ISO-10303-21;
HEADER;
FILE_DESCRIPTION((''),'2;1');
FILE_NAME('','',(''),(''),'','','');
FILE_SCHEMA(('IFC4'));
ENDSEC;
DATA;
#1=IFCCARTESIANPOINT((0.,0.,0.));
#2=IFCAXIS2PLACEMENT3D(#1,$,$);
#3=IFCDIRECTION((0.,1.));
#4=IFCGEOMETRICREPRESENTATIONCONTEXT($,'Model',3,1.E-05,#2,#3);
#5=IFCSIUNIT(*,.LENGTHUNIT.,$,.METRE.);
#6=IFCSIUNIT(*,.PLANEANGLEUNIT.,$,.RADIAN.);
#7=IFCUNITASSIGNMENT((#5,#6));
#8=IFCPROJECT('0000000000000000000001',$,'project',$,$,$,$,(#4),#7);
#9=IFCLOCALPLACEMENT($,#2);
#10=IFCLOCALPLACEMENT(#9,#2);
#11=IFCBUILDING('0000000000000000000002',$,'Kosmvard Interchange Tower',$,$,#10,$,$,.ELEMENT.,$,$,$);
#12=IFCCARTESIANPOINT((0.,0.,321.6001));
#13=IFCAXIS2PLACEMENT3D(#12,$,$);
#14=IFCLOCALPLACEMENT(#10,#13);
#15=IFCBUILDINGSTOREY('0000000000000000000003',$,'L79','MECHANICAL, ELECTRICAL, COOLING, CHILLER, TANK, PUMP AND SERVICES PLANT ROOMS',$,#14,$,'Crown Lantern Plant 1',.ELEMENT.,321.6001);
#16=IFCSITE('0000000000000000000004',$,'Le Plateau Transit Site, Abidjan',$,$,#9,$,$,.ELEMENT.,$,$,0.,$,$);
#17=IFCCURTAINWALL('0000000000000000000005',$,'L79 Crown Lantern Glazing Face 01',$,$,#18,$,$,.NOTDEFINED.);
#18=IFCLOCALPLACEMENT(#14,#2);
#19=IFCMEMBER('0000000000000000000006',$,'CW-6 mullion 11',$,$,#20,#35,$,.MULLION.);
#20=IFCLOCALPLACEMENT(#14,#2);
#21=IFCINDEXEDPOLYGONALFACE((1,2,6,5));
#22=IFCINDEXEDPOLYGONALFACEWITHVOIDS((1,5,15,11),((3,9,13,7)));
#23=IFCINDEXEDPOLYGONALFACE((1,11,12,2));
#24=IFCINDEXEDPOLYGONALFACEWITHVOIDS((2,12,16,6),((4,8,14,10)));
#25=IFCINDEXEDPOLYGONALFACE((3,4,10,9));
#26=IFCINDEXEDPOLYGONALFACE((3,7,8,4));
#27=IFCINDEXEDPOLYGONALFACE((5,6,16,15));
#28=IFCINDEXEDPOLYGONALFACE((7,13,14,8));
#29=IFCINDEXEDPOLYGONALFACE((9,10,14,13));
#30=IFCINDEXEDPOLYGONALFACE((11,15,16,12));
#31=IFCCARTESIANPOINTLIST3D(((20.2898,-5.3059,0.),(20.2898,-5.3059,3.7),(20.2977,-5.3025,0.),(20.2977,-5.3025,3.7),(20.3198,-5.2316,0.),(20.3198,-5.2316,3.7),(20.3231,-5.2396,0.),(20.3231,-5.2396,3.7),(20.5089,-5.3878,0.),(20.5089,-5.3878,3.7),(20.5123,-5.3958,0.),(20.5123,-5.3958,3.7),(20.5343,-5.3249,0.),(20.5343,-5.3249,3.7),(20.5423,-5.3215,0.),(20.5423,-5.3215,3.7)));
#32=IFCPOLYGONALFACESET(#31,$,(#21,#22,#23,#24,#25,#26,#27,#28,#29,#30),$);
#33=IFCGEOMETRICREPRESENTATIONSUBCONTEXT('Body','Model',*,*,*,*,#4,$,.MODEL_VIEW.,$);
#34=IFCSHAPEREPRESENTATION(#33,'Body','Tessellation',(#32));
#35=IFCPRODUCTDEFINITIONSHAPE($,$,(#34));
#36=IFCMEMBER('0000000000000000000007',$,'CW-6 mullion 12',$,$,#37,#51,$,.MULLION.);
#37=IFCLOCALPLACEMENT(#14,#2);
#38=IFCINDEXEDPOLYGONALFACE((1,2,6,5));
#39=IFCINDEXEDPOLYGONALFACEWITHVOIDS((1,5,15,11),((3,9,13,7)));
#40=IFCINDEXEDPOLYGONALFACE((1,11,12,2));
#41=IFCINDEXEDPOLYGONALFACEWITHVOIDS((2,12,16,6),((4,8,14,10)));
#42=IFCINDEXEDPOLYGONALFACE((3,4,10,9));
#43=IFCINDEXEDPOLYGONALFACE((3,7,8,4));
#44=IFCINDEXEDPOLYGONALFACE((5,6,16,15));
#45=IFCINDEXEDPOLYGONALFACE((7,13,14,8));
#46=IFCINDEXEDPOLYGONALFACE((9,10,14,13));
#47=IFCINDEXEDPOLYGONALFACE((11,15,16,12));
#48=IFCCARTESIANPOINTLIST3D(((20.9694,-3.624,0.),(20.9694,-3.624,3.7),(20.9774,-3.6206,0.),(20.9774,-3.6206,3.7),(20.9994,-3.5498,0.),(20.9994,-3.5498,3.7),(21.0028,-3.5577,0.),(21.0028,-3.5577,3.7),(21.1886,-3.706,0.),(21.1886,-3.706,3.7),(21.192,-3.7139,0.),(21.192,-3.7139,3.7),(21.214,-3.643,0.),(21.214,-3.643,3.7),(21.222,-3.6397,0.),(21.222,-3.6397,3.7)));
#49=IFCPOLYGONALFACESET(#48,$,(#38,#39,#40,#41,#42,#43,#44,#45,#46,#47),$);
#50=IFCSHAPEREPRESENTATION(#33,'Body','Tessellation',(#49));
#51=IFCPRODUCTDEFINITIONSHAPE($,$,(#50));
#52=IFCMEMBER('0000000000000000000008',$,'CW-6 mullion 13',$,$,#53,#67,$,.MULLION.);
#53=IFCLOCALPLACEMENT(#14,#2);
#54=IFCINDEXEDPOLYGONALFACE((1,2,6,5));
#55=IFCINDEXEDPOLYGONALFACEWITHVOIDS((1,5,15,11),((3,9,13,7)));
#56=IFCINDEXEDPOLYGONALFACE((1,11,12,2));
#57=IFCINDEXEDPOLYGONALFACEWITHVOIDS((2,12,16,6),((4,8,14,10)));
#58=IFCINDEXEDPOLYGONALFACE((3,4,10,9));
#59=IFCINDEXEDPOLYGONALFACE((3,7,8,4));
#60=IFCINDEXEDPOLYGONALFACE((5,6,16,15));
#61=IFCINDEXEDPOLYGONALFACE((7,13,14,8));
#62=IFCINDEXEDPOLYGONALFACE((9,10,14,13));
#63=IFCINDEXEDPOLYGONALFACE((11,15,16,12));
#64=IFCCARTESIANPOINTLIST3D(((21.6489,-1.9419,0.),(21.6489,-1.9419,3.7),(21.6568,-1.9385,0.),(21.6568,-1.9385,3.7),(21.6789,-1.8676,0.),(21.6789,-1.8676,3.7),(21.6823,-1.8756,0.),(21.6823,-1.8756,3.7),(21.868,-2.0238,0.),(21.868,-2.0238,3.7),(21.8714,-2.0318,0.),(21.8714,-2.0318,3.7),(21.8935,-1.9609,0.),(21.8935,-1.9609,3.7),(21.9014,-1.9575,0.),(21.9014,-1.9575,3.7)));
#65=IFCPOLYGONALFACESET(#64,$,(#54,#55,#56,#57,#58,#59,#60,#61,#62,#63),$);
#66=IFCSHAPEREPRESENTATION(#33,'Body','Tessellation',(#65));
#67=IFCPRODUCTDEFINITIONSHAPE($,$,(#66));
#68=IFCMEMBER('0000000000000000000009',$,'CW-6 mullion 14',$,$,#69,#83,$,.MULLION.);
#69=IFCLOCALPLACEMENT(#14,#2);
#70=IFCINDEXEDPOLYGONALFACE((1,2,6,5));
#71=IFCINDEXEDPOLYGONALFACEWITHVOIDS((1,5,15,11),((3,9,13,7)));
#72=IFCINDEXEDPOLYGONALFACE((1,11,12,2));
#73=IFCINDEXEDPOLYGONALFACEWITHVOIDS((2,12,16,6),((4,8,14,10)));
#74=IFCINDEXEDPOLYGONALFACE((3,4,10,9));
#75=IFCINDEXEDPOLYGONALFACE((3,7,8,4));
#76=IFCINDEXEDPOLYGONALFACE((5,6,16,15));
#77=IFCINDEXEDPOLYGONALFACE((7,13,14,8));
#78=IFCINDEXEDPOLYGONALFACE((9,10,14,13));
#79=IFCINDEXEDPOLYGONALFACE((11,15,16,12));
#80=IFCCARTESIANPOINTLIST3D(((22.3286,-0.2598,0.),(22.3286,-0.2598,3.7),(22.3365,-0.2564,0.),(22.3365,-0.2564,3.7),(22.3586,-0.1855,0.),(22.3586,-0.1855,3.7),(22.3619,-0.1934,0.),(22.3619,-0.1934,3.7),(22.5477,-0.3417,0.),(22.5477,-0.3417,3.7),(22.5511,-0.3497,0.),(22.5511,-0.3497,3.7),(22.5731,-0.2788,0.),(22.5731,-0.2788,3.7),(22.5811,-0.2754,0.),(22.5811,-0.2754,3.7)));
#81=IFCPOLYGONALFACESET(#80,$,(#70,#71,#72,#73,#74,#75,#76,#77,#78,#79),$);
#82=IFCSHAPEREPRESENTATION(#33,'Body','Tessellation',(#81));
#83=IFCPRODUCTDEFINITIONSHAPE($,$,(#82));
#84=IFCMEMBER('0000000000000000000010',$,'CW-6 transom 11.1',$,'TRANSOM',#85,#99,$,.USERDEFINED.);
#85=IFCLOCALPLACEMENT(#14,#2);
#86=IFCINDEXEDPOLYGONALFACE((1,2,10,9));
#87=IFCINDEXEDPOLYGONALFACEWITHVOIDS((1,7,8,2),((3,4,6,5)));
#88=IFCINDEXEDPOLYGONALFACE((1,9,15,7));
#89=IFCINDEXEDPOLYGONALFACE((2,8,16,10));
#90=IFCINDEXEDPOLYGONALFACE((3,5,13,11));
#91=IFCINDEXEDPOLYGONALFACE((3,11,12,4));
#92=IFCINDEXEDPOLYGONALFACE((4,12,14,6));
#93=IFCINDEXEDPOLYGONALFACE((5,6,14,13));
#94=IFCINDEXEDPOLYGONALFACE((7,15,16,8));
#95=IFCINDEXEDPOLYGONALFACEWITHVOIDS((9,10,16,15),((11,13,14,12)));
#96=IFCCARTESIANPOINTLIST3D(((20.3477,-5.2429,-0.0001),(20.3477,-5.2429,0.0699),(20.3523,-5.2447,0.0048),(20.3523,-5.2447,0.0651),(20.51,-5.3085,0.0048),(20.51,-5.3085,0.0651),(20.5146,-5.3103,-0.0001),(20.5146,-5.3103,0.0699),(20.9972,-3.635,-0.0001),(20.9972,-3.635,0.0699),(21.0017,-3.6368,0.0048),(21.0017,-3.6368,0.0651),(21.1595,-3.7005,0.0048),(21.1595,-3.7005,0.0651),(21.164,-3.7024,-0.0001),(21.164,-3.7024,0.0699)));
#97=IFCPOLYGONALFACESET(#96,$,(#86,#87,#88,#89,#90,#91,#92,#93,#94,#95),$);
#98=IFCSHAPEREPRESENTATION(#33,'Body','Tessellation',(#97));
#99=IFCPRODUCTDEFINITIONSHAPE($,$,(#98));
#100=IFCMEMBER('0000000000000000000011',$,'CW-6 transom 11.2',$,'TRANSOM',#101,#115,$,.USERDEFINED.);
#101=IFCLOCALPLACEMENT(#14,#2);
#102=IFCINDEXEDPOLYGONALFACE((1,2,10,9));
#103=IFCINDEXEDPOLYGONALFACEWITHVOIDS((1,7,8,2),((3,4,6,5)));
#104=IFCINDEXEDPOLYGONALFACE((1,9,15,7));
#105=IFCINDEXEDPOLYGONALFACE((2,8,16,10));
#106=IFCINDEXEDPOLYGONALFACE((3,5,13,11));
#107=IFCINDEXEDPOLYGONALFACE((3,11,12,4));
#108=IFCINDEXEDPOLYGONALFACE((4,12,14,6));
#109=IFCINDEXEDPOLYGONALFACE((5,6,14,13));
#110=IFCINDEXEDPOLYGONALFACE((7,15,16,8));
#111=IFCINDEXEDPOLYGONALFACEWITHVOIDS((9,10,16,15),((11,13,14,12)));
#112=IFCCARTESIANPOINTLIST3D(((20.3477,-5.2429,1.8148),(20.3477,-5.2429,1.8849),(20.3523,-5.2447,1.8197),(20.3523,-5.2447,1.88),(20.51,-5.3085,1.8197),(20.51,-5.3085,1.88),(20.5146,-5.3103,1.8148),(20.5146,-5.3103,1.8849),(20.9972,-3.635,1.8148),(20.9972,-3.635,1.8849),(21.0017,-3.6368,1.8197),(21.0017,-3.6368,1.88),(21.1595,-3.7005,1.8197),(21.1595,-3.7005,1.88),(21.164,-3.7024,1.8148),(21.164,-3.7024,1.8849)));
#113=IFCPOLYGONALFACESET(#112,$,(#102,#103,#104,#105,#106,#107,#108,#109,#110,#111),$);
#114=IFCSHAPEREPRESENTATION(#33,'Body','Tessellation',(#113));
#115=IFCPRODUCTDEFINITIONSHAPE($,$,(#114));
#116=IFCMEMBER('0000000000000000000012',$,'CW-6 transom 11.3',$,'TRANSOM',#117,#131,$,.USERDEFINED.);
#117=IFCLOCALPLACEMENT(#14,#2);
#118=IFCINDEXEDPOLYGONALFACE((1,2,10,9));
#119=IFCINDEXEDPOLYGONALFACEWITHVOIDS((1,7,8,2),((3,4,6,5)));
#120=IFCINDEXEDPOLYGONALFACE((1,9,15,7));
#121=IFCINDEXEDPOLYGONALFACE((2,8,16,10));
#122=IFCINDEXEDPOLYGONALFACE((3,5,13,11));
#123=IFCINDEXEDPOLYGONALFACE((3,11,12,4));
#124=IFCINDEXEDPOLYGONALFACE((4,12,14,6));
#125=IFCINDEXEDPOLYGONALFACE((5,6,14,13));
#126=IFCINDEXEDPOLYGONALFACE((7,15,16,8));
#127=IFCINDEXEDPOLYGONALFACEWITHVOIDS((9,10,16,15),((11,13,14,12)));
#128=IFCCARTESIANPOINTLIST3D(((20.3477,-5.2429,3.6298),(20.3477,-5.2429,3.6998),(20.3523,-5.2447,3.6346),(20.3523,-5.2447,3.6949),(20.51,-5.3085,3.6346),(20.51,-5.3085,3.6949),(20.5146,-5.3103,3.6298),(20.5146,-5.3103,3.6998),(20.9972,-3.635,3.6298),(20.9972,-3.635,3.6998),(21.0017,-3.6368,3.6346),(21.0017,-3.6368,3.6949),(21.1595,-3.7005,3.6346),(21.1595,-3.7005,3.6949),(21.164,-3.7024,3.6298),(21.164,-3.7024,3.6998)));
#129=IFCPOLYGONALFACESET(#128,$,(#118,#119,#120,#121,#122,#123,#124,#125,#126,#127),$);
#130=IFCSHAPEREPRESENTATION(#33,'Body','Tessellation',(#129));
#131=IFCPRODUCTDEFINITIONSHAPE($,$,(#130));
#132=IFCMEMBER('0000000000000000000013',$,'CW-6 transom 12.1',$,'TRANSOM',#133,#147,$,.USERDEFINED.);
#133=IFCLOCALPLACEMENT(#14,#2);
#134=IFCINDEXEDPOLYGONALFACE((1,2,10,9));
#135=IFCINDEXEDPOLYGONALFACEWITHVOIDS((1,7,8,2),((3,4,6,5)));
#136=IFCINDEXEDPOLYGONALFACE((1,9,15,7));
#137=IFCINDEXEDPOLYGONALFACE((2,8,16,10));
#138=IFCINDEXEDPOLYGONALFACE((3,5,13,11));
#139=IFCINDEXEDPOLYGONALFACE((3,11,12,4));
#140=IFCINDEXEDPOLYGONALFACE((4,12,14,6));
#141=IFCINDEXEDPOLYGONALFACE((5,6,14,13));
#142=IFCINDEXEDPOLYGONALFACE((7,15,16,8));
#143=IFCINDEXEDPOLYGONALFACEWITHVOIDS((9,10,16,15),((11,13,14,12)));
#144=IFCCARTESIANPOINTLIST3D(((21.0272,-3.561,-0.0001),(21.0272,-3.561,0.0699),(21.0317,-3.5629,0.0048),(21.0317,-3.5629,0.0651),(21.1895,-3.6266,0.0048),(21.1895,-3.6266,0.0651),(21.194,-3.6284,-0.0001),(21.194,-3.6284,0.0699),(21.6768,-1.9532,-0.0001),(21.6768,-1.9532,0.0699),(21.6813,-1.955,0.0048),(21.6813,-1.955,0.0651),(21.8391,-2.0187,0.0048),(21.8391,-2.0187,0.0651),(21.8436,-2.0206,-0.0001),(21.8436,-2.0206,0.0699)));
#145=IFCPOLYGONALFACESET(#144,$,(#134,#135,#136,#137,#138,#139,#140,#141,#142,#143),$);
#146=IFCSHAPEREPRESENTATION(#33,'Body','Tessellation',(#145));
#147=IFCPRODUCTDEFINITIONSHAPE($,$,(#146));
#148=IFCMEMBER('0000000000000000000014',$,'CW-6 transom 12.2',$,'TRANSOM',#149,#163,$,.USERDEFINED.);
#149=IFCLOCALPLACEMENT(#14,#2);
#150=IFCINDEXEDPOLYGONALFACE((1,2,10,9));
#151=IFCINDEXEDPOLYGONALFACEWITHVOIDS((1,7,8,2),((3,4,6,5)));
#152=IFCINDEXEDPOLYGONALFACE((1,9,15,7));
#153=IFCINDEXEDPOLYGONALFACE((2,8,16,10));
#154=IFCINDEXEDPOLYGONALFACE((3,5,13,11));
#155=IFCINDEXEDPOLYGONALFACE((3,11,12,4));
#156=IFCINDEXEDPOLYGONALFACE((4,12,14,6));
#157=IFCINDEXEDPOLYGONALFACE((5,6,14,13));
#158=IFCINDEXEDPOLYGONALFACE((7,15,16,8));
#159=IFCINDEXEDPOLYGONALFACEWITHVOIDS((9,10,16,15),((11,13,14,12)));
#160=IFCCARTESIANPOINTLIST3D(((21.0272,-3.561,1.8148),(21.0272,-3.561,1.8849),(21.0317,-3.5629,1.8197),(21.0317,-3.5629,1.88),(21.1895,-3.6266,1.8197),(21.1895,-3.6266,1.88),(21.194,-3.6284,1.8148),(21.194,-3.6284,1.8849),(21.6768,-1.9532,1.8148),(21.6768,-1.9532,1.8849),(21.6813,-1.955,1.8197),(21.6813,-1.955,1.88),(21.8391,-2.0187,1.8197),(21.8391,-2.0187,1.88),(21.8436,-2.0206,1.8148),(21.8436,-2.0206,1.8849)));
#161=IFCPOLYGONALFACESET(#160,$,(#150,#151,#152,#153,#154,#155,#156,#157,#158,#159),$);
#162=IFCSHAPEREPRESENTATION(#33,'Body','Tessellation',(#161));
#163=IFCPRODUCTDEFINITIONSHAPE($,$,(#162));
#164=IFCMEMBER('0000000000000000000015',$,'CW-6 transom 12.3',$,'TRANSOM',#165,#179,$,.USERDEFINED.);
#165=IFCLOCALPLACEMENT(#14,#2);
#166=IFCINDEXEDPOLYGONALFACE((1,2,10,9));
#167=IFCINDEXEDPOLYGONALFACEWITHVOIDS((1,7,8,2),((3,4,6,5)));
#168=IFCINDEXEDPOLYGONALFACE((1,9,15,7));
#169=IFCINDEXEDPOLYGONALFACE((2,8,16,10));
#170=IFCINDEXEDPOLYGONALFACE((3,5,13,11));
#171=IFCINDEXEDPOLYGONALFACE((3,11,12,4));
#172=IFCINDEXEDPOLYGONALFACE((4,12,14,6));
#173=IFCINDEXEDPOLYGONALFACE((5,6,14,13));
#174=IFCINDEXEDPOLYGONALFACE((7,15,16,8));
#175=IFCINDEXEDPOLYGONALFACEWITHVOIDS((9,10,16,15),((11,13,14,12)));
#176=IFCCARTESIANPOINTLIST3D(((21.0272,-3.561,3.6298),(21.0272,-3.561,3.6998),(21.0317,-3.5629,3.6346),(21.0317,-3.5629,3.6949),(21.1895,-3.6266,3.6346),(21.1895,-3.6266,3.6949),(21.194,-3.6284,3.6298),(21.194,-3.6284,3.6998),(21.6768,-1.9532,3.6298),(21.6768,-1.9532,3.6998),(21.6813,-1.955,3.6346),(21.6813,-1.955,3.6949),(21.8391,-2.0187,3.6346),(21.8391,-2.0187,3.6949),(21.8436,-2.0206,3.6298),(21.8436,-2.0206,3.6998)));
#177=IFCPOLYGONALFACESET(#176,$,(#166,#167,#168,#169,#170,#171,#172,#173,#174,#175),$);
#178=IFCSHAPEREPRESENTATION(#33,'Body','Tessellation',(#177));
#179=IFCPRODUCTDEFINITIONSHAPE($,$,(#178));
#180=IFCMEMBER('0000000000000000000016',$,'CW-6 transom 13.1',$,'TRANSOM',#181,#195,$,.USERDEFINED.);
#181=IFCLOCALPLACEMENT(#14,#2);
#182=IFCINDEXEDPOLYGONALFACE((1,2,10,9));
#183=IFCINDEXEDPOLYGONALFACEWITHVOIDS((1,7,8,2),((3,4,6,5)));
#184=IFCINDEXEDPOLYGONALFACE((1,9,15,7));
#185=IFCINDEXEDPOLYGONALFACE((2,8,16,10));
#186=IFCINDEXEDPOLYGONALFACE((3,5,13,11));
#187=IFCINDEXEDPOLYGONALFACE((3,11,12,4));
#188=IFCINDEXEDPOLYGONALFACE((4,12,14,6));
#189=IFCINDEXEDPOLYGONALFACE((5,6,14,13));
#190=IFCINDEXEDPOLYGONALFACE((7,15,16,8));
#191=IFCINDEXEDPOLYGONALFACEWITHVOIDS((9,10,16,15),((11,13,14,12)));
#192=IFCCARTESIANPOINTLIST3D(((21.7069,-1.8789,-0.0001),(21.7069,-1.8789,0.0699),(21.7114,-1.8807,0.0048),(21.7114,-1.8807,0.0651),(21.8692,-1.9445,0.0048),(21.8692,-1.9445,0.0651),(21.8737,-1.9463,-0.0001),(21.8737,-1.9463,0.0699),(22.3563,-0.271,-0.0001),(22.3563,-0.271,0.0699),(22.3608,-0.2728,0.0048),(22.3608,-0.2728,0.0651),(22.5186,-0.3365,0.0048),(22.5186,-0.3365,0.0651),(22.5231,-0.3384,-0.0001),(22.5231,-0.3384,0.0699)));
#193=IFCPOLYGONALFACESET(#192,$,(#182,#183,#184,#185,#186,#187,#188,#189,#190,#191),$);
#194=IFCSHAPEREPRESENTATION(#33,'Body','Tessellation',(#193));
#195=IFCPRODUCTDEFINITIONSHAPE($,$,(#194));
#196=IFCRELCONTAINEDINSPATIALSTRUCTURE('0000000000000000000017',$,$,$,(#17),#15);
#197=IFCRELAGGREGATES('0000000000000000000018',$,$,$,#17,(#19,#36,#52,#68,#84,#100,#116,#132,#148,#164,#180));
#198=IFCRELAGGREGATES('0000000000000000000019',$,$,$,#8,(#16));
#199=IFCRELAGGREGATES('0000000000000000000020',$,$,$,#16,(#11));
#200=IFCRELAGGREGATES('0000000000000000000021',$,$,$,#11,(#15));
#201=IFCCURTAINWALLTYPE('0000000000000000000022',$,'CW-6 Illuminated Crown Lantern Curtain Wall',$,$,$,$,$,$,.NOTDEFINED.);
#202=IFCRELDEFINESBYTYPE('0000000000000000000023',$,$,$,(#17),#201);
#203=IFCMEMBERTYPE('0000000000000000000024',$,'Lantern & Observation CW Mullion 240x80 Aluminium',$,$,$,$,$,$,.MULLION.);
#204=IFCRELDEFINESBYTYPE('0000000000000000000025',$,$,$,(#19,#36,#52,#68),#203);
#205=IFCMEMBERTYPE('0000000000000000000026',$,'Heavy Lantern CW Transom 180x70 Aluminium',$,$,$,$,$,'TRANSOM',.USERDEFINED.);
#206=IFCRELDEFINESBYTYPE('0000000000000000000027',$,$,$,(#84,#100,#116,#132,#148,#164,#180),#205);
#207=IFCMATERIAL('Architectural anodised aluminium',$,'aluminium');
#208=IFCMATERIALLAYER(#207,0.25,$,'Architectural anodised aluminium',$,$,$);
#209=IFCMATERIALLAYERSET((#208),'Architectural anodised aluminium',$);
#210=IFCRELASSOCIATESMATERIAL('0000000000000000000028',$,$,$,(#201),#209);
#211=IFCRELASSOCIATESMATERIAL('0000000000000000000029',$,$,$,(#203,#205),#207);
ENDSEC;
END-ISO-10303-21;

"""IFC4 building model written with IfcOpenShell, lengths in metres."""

from ifc_helpers import new_model, si_unit, direction, frame, origin, origin_2d, place, context, subcontext, project, spatial, hollow_rectangle, extrude, source, transform, mapped, material, layer, layer_set, material_profile, profile_set, type_object, element, aggregate, save


model = new_model("IFC4")

# Units and contexts
model_context = context("Model", 3, precision=1e-05, world=origin(), true_north=direction((0.0, 1.0)))
body_context = subcontext(model_context, "Body", "Model", "MODEL_VIEW")
ifc_project = project(units=[si_unit("LENGTHUNIT", "METRE"), si_unit("PLANEANGLEUNIT", "RADIAN")], contexts=[model_context])

# Site, building, storey
site_placement = place(None, origin())
site = spatial("IfcSite", under=ifc_project, at=site_placement, Name="Le Plateau Transit Site, Abidjan", CompositionType="ELEMENT", RefElevation=0.0)
building_placement = place(site_placement, origin())
building = spatial("IfcBuilding", under=site, at=building_placement, Name="Kosmvard Interchange Tower", CompositionType="ELEMENT")
storey_placement = place(building_placement, frame((0.0, 0.0, 321.6001)))
storey = spatial("IfcBuildingStorey", under=building, at=storey_placement, Name="L79", Description="MECHANICAL, ELECTRICAL, COOLING, CHILLER, TANK, PUMP AND SERVICES PLANT ROOMS", LongName="Crown Lantern Plant 1", CompositionType="ELEMENT", Elevation=321.6001)

# Curtain wall, members
ifc_material_1 = material(Name="Architectural anodised aluminium", Category="aluminium")
ifc_layer_1 = layer(ifc_material_1, 0.25, Name="Architectural anodised aluminium")
ifc_layer_set_1 = layer_set([ifc_layer_1], Name="Architectural anodised aluminium")
curtain_wall_type = type_object("IfcCurtainWallType", Name="CW-6 Illuminated Crown Lantern Curtain Wall", PredefinedType="NOTDEFINED", material=ifc_layer_set_1)
curtain_wall_placement = place(storey_placement, origin())
curtain_wall = element("IfcCurtainWall", 1, at=curtain_wall_placement, inside=storey, type_object=curtain_wall_type, Name="L79 Crown Lantern Glazing Face 01", PredefinedType="NOTDEFINED")
ifc_material_profile_1 = material_profile(ifc_material_1, hollow_rectangle(XDim=0.24, YDim=0.0801, WallThickness=0.0061, at=origin_2d()), Name="CWM 240x80x6")
ifc_profile_set_1 = profile_set([ifc_material_profile_1], Name="Architectural anodised aluminium")
member_type_1 = type_object("IfcMemberType", Name="Lantern & Observation CW Mullion 240x80 Aluminium", PredefinedType="MULLION", material=ifc_profile_set_1)
shared_shape_1 = source(origin(), body_context, "Body", "SweptSolid", [
    extrude(hollow_rectangle(XDim=0.24, YDim=0.0801, WallThickness=0.0061, at=origin_2d()), origin(), (0.0, 0.0, 1.0), 3.7),
])
member_1_placement = place(storey_placement, frame((20.416, -5.3137, 0.0), z_axis=(0.0, 0.0, 1.0), x_axis=(-0.927184, 0.374607, 0.0)))
member_1 = element("IfcMember", 2, at=member_1_placement, type_object=member_type_1, Name="CW-6 mullion 11", PredefinedType="MULLION", context=body_context, shape_type="MappedRepresentation", body=[
    mapped(shared_shape_1, transform((0.0, 0.0, 0.0), scale=1.0)),
])
member_2_placement = place(storey_placement, frame((21.0957, -3.6318, 0.0), z_axis=(0.0, 0.0, 1.0), x_axis=(-0.927184, 0.374607, 0.0)))
member_2 = element("IfcMember", 3, at=member_2_placement, type_object=member_type_1, Name="CW-6 mullion 12", PredefinedType="MULLION", context=body_context, shape_type="MappedRepresentation", body=[
    mapped(shared_shape_1, transform((0.0, 0.0, 0.0), scale=1.0)),
])
member_3_placement = place(storey_placement, frame((21.7751, -1.9497, 0.0), z_axis=(0.0, 0.0, 1.0), x_axis=(-0.927184, 0.374607, 0.0)))
member_3 = element("IfcMember", 4, at=member_3_placement, type_object=member_type_1, Name="CW-6 mullion 13", PredefinedType="MULLION", context=body_context, shape_type="MappedRepresentation", body=[
    mapped(shared_shape_1, transform((0.0, 0.0, 0.0), scale=1.0)),
])
member_4_placement = place(storey_placement, frame((22.4548, -0.2676, 0.0), z_axis=(0.0, 0.0, 1.0), x_axis=(-0.927184, 0.374607, 0.0)))
member_4 = element("IfcMember", 5, at=member_4_placement, type_object=member_type_1, Name="CW-6 mullion 14", PredefinedType="MULLION", context=body_context, shape_type="MappedRepresentation", body=[
    mapped(shared_shape_1, transform((0.0, 0.0, 0.0), scale=1.0)),
])
ifc_material_profile_2 = material_profile(ifc_material_1, hollow_rectangle(XDim=0.1799, YDim=0.0701, WallThickness=0.0049, at=origin_2d()), Name="CWT 180x70x5")
ifc_profile_set_2 = profile_set([ifc_material_profile_2], Name="Architectural anodised aluminium")
member_type_2 = type_object("IfcMemberType", Name="Heavy Lantern CW Transom 180x70 Aluminium", ElementType="TRANSOM", PredefinedType="USERDEFINED", material=ifc_profile_set_2)
shared_shape_2 = source(origin(), body_context, "Body", "SweptSolid", [
    extrude(hollow_rectangle(XDim=0.1799, YDim=0.0701, WallThickness=0.0049, at=origin_2d()), origin(), (0.0, 0.0, 1.0), 1.7341),
])
member_5_placement = place(storey_placement, frame((20.4312, -5.2766, 0.0349), z_axis=(0.374496, 0.927229, 0.0), x_axis=(-0.927229, 0.374496, 0.0)))
member_5 = element("IfcMember", 6, at=member_5_placement, type_object=member_type_2, Name="CW-6 transom 11.1", ObjectType="TRANSOM", PredefinedType="USERDEFINED", context=body_context, shape_type="MappedRepresentation", body=[
    mapped(shared_shape_2, transform((0.0, 0.0, 0.0), scale=1.0)),
])
member_6_placement = place(storey_placement, frame((20.4312, -5.2766, 1.8499), z_axis=(0.374496, 0.927229, 0.0), x_axis=(-0.927229, 0.374496, 0.0)))
member_6 = element("IfcMember", 7, at=member_6_placement, type_object=member_type_2, Name="CW-6 transom 11.2", ObjectType="TRANSOM", PredefinedType="USERDEFINED", context=body_context, shape_type="MappedRepresentation", body=[
    mapped(shared_shape_2, transform((0.0, 0.0, 0.0), scale=1.0)),
])
member_7_placement = place(storey_placement, frame((20.4312, -5.2766, 3.6648), z_axis=(0.374496, 0.927229, 0.0), x_axis=(-0.927229, 0.374496, 0.0)))
member_7 = element("IfcMember", 8, at=member_7_placement, type_object=member_type_2, Name="CW-6 transom 11.3", ObjectType="TRANSOM", PredefinedType="USERDEFINED", context=body_context, shape_type="MappedRepresentation", body=[
    mapped(shared_shape_2, transform((0.0, 0.0, 0.0), scale=1.0)),
])
member_8_placement = place(storey_placement, frame((21.1106, -3.5947, 0.0349), z_axis=(0.374617, 0.92718, 0.0), x_axis=(-0.92718, 0.374617, 0.0)))
member_8 = element("IfcMember", 9, at=member_8_placement, type_object=member_type_2, Name="CW-6 transom 12.1", ObjectType="TRANSOM", PredefinedType="USERDEFINED", context=body_context, shape_type="MappedRepresentation", body=[
    mapped(shared_shape_2, transform((0.0, 0.0, 0.0), scale=1.0)),
])
member_9_placement = place(storey_placement, frame((21.1106, -3.5947, 1.8499), z_axis=(0.374617, 0.92718, 0.0), x_axis=(-0.92718, 0.374617, 0.0)))
member_9 = element("IfcMember", 10, at=member_9_placement, type_object=member_type_2, Name="CW-6 transom 12.2", ObjectType="TRANSOM", PredefinedType="USERDEFINED", context=body_context, shape_type="MappedRepresentation", body=[
    mapped(shared_shape_2, transform((0.0, 0.0, 0.0), scale=1.0)),
])
member_10_placement = place(storey_placement, frame((21.1106, -3.5947, 3.6648), z_axis=(0.374617, 0.92718, 0.0), x_axis=(-0.92718, 0.374617, 0.0)))
member_10 = element("IfcMember", 11, at=member_10_placement, type_object=member_type_2, Name="CW-6 transom 12.3", ObjectType="TRANSOM", PredefinedType="USERDEFINED", context=body_context, shape_type="MappedRepresentation", body=[
    mapped(shared_shape_2, transform((0.0, 0.0, 0.0), scale=1.0)),
])
member_11_placement = place(storey_placement, frame((21.7903, -1.9126, 0.0349), z_axis=(0.374496, 0.927229, 0.0), x_axis=(-0.927229, 0.374496, 0.0)))
member_11 = element("IfcMember", 12, at=member_11_placement, type_object=member_type_2, Name="CW-6 transom 13.1", ObjectType="TRANSOM", PredefinedType="USERDEFINED", context=body_context, shape_type="MappedRepresentation", body=[
    mapped(shared_shape_2, transform((0.0, 0.0, 0.0), scale=1.0)),
])
aggregate(curtain_wall, [member_1, member_2, member_3, member_4, member_5, member_6, member_7, member_8, member_9, member_10, member_11])

save(model, "model.ifc")
